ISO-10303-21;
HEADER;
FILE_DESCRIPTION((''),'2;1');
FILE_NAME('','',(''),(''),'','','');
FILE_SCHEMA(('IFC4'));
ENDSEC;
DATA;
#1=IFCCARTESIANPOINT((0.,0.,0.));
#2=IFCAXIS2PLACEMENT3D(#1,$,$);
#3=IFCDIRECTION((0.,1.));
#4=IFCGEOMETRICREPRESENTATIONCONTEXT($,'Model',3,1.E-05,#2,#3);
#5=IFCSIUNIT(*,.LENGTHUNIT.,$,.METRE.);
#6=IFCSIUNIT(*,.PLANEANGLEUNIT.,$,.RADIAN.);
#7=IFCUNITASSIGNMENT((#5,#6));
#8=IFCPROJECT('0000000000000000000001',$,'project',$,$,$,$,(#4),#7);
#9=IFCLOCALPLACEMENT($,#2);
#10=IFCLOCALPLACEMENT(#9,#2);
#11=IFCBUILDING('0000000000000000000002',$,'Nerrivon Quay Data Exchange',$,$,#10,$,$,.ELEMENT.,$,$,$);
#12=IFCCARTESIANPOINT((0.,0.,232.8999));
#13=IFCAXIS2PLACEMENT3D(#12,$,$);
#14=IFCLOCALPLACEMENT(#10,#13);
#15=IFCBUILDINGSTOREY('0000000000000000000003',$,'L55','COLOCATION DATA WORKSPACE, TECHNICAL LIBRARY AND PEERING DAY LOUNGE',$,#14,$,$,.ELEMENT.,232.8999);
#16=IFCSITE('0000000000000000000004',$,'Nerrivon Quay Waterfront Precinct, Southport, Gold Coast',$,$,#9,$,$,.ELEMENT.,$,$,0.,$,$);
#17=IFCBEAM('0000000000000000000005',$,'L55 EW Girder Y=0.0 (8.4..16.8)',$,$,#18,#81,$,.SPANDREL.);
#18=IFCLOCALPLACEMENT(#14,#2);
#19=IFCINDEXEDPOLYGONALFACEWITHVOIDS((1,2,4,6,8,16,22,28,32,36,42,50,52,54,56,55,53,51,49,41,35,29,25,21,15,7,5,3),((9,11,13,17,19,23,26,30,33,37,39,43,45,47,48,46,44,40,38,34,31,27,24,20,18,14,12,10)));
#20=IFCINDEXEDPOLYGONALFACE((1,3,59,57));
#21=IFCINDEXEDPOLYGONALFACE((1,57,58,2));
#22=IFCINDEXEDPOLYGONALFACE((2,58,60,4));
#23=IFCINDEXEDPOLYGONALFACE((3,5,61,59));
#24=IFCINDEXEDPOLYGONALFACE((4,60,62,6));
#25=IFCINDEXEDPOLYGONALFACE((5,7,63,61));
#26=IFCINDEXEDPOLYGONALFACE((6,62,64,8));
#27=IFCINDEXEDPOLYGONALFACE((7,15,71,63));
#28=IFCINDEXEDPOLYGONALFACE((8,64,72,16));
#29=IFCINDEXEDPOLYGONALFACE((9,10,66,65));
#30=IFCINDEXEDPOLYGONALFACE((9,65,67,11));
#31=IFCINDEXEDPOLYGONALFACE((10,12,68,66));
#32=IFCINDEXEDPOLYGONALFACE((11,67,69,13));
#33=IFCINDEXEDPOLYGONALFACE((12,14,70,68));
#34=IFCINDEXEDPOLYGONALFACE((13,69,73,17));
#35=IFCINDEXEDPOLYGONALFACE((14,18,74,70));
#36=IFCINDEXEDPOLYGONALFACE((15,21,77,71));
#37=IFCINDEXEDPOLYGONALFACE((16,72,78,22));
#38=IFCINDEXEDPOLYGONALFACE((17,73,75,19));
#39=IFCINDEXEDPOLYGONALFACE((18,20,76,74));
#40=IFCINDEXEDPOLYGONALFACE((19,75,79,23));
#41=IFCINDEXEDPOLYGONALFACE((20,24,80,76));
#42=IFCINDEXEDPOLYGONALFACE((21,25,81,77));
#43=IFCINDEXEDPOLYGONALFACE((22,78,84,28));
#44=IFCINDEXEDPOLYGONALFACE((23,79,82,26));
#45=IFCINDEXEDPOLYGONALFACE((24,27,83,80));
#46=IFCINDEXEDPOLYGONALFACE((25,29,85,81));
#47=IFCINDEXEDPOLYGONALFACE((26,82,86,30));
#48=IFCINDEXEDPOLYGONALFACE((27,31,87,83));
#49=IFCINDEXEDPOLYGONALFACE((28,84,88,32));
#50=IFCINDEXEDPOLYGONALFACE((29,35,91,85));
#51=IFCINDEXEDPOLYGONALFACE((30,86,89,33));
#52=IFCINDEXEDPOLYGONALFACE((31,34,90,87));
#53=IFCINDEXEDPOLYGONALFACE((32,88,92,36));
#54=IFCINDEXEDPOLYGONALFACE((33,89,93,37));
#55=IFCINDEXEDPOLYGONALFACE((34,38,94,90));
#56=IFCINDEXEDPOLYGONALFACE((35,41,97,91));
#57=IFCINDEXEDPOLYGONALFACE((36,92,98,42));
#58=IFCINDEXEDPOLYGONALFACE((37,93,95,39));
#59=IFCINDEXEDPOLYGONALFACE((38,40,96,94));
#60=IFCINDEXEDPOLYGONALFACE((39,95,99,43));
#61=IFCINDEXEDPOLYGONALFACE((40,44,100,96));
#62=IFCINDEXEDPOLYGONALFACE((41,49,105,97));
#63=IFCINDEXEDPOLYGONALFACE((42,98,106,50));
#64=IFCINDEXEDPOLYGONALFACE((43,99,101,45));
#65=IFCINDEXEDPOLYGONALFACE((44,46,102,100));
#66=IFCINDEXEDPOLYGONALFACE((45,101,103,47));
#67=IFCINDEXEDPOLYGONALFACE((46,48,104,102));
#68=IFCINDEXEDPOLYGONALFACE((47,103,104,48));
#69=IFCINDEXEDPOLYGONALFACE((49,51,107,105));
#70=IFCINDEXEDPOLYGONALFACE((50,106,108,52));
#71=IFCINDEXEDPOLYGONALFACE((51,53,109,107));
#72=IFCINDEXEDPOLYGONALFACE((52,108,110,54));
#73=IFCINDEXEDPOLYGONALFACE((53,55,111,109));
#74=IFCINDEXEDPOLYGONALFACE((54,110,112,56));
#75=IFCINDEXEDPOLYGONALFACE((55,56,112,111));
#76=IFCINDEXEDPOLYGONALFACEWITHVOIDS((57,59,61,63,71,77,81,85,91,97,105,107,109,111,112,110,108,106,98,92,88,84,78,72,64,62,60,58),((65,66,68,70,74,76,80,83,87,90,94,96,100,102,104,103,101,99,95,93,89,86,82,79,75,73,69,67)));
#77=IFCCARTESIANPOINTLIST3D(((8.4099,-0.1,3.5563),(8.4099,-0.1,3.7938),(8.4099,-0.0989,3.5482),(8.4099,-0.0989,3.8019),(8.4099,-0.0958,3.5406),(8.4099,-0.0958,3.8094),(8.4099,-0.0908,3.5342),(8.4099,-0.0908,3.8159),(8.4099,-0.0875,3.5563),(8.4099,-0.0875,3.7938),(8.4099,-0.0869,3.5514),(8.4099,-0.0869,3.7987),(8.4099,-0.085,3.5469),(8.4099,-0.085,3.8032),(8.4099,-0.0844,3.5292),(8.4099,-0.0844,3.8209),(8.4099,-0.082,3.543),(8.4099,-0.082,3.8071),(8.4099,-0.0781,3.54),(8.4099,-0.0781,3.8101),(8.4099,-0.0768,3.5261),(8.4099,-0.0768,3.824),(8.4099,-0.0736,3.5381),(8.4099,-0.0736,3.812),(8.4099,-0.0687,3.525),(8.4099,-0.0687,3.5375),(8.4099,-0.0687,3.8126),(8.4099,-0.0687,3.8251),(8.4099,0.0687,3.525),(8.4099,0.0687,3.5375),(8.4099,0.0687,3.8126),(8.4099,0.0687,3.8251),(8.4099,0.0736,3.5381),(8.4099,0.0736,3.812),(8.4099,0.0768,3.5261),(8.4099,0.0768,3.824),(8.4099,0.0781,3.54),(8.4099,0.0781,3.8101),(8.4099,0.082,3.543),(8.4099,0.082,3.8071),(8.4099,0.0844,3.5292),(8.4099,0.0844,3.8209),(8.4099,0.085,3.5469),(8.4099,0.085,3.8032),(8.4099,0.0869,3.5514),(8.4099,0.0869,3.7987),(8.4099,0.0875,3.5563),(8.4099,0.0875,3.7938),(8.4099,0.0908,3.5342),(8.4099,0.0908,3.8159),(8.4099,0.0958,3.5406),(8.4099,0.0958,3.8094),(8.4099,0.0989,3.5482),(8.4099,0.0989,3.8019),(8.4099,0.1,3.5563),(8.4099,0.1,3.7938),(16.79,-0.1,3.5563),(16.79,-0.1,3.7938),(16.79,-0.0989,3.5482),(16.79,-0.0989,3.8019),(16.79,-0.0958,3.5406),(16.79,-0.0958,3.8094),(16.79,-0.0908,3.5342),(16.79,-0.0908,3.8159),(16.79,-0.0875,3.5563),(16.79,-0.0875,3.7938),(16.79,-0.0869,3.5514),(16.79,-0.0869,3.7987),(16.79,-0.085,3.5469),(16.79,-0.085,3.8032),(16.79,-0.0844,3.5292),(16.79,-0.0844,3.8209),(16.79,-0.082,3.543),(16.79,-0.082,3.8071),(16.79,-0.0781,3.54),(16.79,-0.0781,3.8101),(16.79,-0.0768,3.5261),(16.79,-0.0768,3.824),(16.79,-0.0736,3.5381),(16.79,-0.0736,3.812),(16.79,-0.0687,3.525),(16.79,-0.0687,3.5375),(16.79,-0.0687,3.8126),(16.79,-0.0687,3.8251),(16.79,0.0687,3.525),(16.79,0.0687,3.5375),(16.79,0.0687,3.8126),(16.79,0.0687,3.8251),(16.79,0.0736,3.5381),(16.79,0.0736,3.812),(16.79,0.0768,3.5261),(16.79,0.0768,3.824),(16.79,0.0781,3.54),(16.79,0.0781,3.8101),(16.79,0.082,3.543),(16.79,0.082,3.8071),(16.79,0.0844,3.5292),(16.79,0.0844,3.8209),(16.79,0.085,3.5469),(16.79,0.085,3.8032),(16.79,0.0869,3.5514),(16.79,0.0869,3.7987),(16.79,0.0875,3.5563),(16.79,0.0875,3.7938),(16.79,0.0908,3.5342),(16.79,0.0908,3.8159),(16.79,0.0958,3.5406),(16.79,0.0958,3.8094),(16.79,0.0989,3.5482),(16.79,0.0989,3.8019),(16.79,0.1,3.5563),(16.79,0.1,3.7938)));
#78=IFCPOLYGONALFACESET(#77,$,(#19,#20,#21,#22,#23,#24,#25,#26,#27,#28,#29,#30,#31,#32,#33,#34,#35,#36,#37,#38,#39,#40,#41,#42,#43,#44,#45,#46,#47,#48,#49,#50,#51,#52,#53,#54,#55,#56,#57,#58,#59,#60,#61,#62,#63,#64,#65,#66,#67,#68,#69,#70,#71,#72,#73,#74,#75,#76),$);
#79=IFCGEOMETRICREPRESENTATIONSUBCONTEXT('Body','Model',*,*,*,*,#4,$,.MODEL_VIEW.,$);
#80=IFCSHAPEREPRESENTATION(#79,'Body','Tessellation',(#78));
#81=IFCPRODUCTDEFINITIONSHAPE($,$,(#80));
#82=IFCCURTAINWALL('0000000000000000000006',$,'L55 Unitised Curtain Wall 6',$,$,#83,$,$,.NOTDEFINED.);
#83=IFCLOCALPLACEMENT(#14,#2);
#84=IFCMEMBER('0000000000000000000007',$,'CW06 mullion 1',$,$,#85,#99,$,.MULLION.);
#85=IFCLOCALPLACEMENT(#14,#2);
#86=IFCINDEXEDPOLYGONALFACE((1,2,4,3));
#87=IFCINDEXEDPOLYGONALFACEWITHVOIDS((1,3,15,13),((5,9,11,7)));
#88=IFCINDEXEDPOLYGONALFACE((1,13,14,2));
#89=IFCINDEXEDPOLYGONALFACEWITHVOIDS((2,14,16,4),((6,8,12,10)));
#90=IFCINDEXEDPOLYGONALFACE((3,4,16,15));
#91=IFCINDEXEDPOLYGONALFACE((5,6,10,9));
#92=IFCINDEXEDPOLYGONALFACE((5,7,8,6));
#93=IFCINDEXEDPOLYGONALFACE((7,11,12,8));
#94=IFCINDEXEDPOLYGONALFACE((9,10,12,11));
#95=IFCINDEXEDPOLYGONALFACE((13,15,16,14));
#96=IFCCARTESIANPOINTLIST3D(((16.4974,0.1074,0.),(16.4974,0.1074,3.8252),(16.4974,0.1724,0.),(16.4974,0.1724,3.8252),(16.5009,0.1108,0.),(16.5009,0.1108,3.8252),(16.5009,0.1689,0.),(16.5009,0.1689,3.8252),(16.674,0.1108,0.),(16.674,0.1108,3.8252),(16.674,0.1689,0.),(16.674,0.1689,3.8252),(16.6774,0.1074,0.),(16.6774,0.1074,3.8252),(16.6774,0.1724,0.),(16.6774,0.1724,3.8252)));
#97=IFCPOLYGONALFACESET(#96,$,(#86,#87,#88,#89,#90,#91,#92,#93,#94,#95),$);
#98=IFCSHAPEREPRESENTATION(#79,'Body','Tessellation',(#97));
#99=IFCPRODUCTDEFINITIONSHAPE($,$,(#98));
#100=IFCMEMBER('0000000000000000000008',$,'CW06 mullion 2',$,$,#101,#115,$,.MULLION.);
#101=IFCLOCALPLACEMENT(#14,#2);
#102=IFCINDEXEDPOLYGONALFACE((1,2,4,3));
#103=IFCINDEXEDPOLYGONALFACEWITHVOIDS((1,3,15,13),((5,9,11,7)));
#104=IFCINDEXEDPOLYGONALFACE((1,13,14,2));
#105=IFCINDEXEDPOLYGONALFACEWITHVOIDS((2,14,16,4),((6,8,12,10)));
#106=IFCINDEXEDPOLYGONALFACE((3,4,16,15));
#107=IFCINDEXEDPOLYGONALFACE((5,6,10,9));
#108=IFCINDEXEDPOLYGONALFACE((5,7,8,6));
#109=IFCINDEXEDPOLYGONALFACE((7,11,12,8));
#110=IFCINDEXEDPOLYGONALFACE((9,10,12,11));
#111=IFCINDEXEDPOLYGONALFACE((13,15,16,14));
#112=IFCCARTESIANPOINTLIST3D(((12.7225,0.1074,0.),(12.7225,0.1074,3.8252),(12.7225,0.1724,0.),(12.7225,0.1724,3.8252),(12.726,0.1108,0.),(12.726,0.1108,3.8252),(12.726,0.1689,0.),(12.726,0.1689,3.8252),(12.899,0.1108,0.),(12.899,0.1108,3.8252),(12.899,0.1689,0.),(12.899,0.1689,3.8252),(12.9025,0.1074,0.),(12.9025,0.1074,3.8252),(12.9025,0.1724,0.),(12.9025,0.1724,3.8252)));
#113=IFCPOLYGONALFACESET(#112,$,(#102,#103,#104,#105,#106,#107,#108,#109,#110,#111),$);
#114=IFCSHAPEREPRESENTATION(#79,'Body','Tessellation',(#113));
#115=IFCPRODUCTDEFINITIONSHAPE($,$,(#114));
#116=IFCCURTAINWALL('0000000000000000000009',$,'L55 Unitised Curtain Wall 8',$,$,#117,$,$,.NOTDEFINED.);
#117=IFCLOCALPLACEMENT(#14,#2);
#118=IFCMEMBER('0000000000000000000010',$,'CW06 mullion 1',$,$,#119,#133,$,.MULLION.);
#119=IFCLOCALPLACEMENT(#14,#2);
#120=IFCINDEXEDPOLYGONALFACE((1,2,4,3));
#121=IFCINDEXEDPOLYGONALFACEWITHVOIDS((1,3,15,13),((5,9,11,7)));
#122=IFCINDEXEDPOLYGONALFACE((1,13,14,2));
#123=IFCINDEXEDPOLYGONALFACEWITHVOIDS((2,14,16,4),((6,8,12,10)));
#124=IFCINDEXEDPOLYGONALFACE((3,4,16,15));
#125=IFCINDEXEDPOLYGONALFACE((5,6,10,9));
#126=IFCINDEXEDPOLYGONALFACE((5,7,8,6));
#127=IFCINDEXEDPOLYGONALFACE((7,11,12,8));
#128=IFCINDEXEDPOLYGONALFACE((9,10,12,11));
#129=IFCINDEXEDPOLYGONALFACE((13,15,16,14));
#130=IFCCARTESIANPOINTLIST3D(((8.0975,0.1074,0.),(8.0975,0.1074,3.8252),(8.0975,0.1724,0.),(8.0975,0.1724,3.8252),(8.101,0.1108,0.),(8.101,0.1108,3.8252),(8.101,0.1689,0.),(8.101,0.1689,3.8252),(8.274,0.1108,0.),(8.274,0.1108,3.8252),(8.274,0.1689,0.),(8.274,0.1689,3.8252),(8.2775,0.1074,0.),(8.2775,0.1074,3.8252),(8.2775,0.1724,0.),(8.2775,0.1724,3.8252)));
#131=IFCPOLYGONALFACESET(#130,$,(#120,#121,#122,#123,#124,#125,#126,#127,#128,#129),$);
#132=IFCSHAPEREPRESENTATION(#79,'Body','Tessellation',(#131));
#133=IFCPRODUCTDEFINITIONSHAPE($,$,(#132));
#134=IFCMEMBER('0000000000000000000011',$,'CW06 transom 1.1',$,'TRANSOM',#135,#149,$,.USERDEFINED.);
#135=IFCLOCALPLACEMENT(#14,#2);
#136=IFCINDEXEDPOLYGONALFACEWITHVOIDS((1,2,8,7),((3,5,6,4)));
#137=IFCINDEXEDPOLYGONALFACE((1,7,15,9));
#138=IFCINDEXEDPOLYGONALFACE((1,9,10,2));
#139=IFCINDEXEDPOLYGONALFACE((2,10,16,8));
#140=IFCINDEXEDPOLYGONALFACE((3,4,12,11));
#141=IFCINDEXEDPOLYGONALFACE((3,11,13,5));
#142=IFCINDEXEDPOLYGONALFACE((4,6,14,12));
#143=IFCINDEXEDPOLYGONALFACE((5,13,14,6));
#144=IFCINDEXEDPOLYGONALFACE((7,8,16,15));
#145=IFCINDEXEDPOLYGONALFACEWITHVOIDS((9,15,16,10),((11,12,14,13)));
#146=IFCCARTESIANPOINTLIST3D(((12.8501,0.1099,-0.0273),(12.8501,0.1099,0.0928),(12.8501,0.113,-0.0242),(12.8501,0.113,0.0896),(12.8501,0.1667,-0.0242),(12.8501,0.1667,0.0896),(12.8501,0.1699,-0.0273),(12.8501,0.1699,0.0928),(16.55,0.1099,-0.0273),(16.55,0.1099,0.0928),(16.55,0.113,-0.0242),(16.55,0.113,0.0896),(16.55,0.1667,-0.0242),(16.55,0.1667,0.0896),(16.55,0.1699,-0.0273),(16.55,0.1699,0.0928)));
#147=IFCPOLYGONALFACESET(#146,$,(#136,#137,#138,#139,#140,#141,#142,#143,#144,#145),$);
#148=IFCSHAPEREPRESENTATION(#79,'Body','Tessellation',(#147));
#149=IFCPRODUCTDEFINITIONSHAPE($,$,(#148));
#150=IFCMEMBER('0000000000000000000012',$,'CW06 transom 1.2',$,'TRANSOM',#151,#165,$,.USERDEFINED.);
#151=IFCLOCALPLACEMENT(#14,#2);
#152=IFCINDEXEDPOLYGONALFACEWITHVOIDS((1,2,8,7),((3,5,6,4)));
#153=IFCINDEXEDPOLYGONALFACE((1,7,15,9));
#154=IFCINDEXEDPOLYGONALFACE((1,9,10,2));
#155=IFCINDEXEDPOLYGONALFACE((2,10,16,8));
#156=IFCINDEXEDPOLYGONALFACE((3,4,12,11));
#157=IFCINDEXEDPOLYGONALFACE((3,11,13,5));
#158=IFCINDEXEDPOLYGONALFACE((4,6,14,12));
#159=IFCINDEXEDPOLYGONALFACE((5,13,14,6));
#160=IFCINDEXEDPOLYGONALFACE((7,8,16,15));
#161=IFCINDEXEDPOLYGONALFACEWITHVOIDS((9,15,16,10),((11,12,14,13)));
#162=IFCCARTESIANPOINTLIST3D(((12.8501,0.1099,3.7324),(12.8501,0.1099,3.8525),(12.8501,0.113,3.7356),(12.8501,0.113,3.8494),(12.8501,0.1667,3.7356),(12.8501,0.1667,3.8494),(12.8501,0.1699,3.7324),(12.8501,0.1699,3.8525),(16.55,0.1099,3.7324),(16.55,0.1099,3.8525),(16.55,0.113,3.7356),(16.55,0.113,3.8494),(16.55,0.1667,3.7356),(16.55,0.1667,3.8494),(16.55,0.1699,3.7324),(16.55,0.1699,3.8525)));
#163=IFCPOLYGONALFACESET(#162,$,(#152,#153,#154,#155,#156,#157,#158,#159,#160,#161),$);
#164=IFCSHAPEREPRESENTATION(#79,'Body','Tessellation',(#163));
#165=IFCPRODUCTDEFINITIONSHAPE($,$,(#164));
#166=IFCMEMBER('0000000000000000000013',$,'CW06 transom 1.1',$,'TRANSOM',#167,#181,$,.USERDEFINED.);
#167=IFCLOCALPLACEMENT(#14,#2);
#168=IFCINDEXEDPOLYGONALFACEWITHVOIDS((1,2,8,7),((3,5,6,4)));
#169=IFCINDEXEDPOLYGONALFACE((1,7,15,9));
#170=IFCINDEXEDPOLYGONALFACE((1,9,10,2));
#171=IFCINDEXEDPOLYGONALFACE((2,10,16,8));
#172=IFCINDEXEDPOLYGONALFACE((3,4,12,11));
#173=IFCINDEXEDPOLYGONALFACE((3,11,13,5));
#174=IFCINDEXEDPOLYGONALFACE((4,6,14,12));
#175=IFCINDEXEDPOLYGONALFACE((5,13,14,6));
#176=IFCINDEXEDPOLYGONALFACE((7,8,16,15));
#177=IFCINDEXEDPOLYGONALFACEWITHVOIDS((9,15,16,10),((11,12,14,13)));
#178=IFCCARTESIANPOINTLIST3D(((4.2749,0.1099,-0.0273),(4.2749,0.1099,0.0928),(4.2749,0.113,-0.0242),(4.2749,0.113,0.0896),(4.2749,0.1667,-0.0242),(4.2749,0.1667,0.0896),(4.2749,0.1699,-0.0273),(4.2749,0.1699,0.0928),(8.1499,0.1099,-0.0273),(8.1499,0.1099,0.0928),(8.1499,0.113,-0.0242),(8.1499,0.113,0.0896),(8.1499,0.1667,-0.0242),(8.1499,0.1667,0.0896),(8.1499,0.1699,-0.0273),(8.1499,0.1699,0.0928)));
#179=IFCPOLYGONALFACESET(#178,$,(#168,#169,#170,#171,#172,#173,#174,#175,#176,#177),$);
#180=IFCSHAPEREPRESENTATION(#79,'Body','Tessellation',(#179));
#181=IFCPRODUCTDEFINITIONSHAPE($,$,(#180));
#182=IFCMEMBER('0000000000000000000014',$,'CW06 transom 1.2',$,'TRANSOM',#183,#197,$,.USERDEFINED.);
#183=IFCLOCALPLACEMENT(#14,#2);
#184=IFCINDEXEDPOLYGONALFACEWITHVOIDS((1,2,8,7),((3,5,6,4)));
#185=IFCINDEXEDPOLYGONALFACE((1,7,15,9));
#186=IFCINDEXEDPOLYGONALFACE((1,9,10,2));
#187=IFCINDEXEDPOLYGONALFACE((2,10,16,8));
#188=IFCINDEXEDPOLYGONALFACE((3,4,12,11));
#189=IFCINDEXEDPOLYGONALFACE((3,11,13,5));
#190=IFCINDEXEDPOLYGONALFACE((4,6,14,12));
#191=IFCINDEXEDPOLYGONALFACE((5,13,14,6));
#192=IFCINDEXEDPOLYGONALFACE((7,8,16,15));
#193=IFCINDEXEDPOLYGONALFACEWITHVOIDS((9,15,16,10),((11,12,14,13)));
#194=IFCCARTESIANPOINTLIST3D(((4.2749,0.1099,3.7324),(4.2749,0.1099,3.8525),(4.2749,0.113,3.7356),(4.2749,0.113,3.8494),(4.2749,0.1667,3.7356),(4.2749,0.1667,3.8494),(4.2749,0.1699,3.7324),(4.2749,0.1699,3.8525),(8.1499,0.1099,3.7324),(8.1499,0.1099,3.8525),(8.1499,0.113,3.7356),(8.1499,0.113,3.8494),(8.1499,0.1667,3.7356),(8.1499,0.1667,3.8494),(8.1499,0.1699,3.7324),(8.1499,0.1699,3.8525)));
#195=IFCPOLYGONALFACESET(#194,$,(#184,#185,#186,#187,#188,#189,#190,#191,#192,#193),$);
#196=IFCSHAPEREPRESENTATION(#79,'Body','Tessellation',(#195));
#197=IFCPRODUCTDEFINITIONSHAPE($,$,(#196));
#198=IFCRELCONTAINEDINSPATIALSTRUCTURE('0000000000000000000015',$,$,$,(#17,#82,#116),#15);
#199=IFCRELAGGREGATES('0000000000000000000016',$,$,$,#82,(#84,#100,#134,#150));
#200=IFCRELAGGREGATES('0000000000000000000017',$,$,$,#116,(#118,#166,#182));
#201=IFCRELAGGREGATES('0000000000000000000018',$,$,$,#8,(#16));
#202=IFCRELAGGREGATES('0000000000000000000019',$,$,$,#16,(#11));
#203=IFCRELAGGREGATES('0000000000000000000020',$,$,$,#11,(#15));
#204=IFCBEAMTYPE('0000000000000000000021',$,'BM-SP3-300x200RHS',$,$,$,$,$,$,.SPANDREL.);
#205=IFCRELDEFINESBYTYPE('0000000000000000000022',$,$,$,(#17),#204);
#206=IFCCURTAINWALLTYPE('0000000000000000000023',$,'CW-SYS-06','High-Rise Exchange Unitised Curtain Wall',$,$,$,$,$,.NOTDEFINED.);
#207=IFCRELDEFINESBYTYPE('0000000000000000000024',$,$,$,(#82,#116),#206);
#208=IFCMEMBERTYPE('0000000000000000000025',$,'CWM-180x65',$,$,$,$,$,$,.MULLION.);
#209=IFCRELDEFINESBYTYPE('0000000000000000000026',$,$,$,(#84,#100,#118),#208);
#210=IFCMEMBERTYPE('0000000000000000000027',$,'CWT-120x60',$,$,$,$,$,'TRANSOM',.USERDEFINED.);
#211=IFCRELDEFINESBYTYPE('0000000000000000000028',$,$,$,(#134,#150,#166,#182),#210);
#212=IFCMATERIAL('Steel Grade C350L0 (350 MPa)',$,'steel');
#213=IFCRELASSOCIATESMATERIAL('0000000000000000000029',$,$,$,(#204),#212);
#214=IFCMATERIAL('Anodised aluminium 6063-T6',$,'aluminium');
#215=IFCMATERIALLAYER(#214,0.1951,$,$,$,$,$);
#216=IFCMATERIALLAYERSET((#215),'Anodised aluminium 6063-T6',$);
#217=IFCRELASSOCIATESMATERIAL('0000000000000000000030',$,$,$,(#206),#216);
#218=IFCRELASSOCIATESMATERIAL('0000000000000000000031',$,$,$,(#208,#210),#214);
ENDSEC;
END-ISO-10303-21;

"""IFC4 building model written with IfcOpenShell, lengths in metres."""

from ifc_helpers import new_model, si_unit, direction, frame, origin, origin_2d, place, context, subcontext, project, spatial, hollow_rectangle, extrude, material, layer, layer_set, material_profile, profile_set, type_object, element, aggregate, save


model = new_model("IFC4")

# Units and contexts
model_context = context("Model", 3, precision=1e-05, world=origin(), true_north=direction((0.0, 1.0)))
body_context = subcontext(model_context, "Body", "Model", "MODEL_VIEW")
ifc_project = project(units=[si_unit("LENGTHUNIT", "METRE"), si_unit("PLANEANGLEUNIT", "RADIAN")], contexts=[model_context])

# Site, building, storey
site_placement = place(None, origin())
site = spatial("IfcSite", under=ifc_project, at=site_placement, Name="Nerrivon Quay Waterfront Precinct, Southport, Gold Coast", CompositionType="ELEMENT", RefElevation=0.0)
building_placement = place(site_placement, origin())
building = spatial("IfcBuilding", under=site, at=building_placement, Name="Nerrivon Quay Data Exchange", CompositionType="ELEMENT")
storey_placement = place(building_placement, frame((0.0, 0.0, 232.8999)))
storey = spatial("IfcBuildingStorey", under=building, at=storey_placement, Name="L55", Description="COLOCATION DATA WORKSPACE, TECHNICAL LIBRARY AND PEERING DAY LOUNGE", CompositionType="ELEMENT", Elevation=232.8999)

# Beam
ifc_material_1 = material(Name="Steel Grade C350L0 (350 MPa)", Category="steel")
ifc_material_profile_1 = material_profile(ifc_material_1, hollow_rectangle(XDim=0.2, YDim=0.3, WallThickness=0.0125, InnerFilletRadius=0.0188, OuterFilletRadius=0.0312, at=origin_2d()), Name="300x200x12.5RHS")
ifc_profile_set_1 = profile_set([ifc_material_profile_1], Name="Steel Grade C350L0 (350 MPa)")
beam_type_1 = type_object("IfcBeamType", Name="BM-SP3-300x200RHS", PredefinedType="SPANDREL", material=ifc_profile_set_1)
beam_1_placement = place(storey_placement, frame((8.4099, 0.0, 3.675), z_axis=(1.0, 0.0, 0.0), x_axis=(0.0, 1.0, 0.0)))
element("IfcBeam", 1, at=beam_1_placement, inside=storey, type_object=beam_type_1, Name="L55 EW Girder Y=0.0 (8.4..16.8)", PredefinedType="SPANDREL", context=body_context, shape_type="SweptSolid", body=[
    extrude(hollow_rectangle(XDim=0.2, YDim=0.3, WallThickness=0.0125, InnerFilletRadius=0.0188, OuterFilletRadius=0.0312, at=origin_2d()), origin(), (0.0, 0.0, 1.0), 8.3801),
])

# Curtain wall, members
ifc_material_2 = material(Name="Anodised aluminium 6063-T6", Category="aluminium")
ifc_layer_1 = layer(ifc_material_2, 0.1951)
ifc_layer_set_1 = layer_set([ifc_layer_1], Name="Anodised aluminium 6063-T6")
curtain_wall_type = type_object("IfcCurtainWallType", Name="CW-SYS-06", Description="High-Rise Exchange Unitised Curtain Wall", PredefinedType="NOTDEFINED", material=ifc_layer_set_1)
curtain_wall_1_placement = place(storey_placement, origin())
curtain_wall_1 = element("IfcCurtainWall", 2, at=curtain_wall_1_placement, inside=storey, type_object=curtain_wall_type, Name="L55 Unitised Curtain Wall 6", PredefinedType="NOTDEFINED")
ifc_material_profile_2 = material_profile(ifc_material_2, hollow_rectangle(XDim=0.0649, YDim=0.1799, WallThickness=0.0034, at=origin_2d()), Name="ALU-MULL-180x65")
ifc_profile_set_2 = profile_set([ifc_material_profile_2], Name="Anodised aluminium 6063-T6")
member_type_1 = type_object("IfcMemberType", Name="CWM-180x65", PredefinedType="MULLION", material=ifc_profile_set_2)
member_1_placement = place(storey_placement, frame((16.5874, 0.1399, 0.0), z_axis=(0.0, 0.0, 1.0), x_axis=(0.0, -1.0, 0.0)))
member_1 = element("IfcMember", 3, at=member_1_placement, type_object=member_type_1, Name="CW06 mullion 1", PredefinedType="MULLION", context=body_context, shape_type="SweptSolid", body=[
    extrude(hollow_rectangle(XDim=0.0649, YDim=0.1799, WallThickness=0.0034, at=origin_2d()), origin(), (0.0, 0.0, 1.0), 3.8252),
])
member_2_placement = place(storey_placement, frame((12.8125, 0.1399, 0.0), z_axis=(0.0, 0.0, 1.0), x_axis=(0.0, -1.0, 0.0)))
member_2 = element("IfcMember", 4, at=member_2_placement, type_object=member_type_1, Name="CW06 mullion 2", PredefinedType="MULLION", context=body_context, shape_type="SweptSolid", body=[
    extrude(hollow_rectangle(XDim=0.0649, YDim=0.1799, WallThickness=0.0034, at=origin_2d()), origin(), (0.0, 0.0, 1.0), 3.8252),
])

# Curtain wall, member
curtain_wall_2_placement = place(storey_placement, origin())
curtain_wall_2 = element("IfcCurtainWall", 5, at=curtain_wall_2_placement, inside=storey, type_object=curtain_wall_type, Name="L55 Unitised Curtain Wall 8", PredefinedType="NOTDEFINED")
member_3_placement = place(storey_placement, frame((8.1875, 0.1399, 0.0), z_axis=(0.0, 0.0, 1.0), x_axis=(0.0, -1.0, 0.0)))
member_3 = element("IfcMember", 6, at=member_3_placement, type_object=member_type_1, Name="CW06 mullion 1", PredefinedType="MULLION", context=body_context, shape_type="SweptSolid", body=[
    extrude(hollow_rectangle(XDim=0.0649, YDim=0.1799, WallThickness=0.0034, at=origin_2d()), origin(), (0.0, 0.0, 1.0), 3.8252),
])

# Members
ifc_material_profile_3 = material_profile(ifc_material_2, hollow_rectangle(XDim=0.0601, YDim=0.1201, WallThickness=0.0032, at=origin_2d()), Name="ALU-TRAN-120x60")
ifc_profile_set_3 = profile_set([ifc_material_profile_3], Name="Anodised aluminium 6063-T6")
member_type_2 = type_object("IfcMemberType", Name="CWT-120x60", ElementType="TRANSOM", PredefinedType="USERDEFINED", material=ifc_profile_set_3)
member_4_placement = place(storey_placement, frame((16.55, 0.1399, 0.0327), z_axis=(-1.0, 0.0, 0.0), x_axis=(0.0, -1.0, 0.0)))
member_4 = element("IfcMember", 7, at=member_4_placement, type_object=member_type_2, Name="CW06 transom 1.1", ObjectType="TRANSOM", PredefinedType="USERDEFINED", context=body_context, shape_type="SweptSolid", body=[
    extrude(hollow_rectangle(XDim=0.0601, YDim=0.1201, WallThickness=0.0032, at=origin_2d()), origin(), (0.0, 0.0, 1.0), 3.7),
])
member_5_placement = place(storey_placement, frame((16.55, 0.1399, 3.7925), z_axis=(-1.0, 0.0, 0.0), x_axis=(0.0, -1.0, 0.0)))
member_5 = element("IfcMember", 8, at=member_5_placement, type_object=member_type_2, Name="CW06 transom 1.2", ObjectType="TRANSOM", PredefinedType="USERDEFINED", context=body_context, shape_type="SweptSolid", body=[
    extrude(hollow_rectangle(XDim=0.0601, YDim=0.1201, WallThickness=0.0032, at=origin_2d()), origin(), (0.0, 0.0, 1.0), 3.7),
])
member_6_placement = place(storey_placement, frame((8.1499, 0.1399, 0.0327), z_axis=(-1.0, 0.0, 0.0), x_axis=(0.0, -1.0, 0.0)))
member_6 = element("IfcMember", 9, at=member_6_placement, type_object=member_type_2, Name="CW06 transom 1.1", ObjectType="TRANSOM", PredefinedType="USERDEFINED", context=body_context, shape_type="SweptSolid", body=[
    extrude(hollow_rectangle(XDim=0.0601, YDim=0.1201, WallThickness=0.0032, at=origin_2d()), origin(), (0.0, 0.0, 1.0), 3.875),
])
member_7_placement = place(storey_placement, frame((8.1499, 0.1399, 3.7925), z_axis=(-1.0, 0.0, 0.0), x_axis=(0.0, -1.0, 0.0)))
member_7 = element("IfcMember", 10, at=member_7_placement, type_object=member_type_2, Name="CW06 transom 1.2", ObjectType="TRANSOM", PredefinedType="USERDEFINED", context=body_context, shape_type="SweptSolid", body=[
    extrude(hollow_rectangle(XDim=0.0601, YDim=0.1201, WallThickness=0.0032, at=origin_2d()), origin(), (0.0, 0.0, 1.0), 3.875),
])

aggregate(curtain_wall_1, [member_1, member_2, member_4, member_5])
aggregate(curtain_wall_2, [member_3, member_6, member_7])

save(model, "model.ifc")
